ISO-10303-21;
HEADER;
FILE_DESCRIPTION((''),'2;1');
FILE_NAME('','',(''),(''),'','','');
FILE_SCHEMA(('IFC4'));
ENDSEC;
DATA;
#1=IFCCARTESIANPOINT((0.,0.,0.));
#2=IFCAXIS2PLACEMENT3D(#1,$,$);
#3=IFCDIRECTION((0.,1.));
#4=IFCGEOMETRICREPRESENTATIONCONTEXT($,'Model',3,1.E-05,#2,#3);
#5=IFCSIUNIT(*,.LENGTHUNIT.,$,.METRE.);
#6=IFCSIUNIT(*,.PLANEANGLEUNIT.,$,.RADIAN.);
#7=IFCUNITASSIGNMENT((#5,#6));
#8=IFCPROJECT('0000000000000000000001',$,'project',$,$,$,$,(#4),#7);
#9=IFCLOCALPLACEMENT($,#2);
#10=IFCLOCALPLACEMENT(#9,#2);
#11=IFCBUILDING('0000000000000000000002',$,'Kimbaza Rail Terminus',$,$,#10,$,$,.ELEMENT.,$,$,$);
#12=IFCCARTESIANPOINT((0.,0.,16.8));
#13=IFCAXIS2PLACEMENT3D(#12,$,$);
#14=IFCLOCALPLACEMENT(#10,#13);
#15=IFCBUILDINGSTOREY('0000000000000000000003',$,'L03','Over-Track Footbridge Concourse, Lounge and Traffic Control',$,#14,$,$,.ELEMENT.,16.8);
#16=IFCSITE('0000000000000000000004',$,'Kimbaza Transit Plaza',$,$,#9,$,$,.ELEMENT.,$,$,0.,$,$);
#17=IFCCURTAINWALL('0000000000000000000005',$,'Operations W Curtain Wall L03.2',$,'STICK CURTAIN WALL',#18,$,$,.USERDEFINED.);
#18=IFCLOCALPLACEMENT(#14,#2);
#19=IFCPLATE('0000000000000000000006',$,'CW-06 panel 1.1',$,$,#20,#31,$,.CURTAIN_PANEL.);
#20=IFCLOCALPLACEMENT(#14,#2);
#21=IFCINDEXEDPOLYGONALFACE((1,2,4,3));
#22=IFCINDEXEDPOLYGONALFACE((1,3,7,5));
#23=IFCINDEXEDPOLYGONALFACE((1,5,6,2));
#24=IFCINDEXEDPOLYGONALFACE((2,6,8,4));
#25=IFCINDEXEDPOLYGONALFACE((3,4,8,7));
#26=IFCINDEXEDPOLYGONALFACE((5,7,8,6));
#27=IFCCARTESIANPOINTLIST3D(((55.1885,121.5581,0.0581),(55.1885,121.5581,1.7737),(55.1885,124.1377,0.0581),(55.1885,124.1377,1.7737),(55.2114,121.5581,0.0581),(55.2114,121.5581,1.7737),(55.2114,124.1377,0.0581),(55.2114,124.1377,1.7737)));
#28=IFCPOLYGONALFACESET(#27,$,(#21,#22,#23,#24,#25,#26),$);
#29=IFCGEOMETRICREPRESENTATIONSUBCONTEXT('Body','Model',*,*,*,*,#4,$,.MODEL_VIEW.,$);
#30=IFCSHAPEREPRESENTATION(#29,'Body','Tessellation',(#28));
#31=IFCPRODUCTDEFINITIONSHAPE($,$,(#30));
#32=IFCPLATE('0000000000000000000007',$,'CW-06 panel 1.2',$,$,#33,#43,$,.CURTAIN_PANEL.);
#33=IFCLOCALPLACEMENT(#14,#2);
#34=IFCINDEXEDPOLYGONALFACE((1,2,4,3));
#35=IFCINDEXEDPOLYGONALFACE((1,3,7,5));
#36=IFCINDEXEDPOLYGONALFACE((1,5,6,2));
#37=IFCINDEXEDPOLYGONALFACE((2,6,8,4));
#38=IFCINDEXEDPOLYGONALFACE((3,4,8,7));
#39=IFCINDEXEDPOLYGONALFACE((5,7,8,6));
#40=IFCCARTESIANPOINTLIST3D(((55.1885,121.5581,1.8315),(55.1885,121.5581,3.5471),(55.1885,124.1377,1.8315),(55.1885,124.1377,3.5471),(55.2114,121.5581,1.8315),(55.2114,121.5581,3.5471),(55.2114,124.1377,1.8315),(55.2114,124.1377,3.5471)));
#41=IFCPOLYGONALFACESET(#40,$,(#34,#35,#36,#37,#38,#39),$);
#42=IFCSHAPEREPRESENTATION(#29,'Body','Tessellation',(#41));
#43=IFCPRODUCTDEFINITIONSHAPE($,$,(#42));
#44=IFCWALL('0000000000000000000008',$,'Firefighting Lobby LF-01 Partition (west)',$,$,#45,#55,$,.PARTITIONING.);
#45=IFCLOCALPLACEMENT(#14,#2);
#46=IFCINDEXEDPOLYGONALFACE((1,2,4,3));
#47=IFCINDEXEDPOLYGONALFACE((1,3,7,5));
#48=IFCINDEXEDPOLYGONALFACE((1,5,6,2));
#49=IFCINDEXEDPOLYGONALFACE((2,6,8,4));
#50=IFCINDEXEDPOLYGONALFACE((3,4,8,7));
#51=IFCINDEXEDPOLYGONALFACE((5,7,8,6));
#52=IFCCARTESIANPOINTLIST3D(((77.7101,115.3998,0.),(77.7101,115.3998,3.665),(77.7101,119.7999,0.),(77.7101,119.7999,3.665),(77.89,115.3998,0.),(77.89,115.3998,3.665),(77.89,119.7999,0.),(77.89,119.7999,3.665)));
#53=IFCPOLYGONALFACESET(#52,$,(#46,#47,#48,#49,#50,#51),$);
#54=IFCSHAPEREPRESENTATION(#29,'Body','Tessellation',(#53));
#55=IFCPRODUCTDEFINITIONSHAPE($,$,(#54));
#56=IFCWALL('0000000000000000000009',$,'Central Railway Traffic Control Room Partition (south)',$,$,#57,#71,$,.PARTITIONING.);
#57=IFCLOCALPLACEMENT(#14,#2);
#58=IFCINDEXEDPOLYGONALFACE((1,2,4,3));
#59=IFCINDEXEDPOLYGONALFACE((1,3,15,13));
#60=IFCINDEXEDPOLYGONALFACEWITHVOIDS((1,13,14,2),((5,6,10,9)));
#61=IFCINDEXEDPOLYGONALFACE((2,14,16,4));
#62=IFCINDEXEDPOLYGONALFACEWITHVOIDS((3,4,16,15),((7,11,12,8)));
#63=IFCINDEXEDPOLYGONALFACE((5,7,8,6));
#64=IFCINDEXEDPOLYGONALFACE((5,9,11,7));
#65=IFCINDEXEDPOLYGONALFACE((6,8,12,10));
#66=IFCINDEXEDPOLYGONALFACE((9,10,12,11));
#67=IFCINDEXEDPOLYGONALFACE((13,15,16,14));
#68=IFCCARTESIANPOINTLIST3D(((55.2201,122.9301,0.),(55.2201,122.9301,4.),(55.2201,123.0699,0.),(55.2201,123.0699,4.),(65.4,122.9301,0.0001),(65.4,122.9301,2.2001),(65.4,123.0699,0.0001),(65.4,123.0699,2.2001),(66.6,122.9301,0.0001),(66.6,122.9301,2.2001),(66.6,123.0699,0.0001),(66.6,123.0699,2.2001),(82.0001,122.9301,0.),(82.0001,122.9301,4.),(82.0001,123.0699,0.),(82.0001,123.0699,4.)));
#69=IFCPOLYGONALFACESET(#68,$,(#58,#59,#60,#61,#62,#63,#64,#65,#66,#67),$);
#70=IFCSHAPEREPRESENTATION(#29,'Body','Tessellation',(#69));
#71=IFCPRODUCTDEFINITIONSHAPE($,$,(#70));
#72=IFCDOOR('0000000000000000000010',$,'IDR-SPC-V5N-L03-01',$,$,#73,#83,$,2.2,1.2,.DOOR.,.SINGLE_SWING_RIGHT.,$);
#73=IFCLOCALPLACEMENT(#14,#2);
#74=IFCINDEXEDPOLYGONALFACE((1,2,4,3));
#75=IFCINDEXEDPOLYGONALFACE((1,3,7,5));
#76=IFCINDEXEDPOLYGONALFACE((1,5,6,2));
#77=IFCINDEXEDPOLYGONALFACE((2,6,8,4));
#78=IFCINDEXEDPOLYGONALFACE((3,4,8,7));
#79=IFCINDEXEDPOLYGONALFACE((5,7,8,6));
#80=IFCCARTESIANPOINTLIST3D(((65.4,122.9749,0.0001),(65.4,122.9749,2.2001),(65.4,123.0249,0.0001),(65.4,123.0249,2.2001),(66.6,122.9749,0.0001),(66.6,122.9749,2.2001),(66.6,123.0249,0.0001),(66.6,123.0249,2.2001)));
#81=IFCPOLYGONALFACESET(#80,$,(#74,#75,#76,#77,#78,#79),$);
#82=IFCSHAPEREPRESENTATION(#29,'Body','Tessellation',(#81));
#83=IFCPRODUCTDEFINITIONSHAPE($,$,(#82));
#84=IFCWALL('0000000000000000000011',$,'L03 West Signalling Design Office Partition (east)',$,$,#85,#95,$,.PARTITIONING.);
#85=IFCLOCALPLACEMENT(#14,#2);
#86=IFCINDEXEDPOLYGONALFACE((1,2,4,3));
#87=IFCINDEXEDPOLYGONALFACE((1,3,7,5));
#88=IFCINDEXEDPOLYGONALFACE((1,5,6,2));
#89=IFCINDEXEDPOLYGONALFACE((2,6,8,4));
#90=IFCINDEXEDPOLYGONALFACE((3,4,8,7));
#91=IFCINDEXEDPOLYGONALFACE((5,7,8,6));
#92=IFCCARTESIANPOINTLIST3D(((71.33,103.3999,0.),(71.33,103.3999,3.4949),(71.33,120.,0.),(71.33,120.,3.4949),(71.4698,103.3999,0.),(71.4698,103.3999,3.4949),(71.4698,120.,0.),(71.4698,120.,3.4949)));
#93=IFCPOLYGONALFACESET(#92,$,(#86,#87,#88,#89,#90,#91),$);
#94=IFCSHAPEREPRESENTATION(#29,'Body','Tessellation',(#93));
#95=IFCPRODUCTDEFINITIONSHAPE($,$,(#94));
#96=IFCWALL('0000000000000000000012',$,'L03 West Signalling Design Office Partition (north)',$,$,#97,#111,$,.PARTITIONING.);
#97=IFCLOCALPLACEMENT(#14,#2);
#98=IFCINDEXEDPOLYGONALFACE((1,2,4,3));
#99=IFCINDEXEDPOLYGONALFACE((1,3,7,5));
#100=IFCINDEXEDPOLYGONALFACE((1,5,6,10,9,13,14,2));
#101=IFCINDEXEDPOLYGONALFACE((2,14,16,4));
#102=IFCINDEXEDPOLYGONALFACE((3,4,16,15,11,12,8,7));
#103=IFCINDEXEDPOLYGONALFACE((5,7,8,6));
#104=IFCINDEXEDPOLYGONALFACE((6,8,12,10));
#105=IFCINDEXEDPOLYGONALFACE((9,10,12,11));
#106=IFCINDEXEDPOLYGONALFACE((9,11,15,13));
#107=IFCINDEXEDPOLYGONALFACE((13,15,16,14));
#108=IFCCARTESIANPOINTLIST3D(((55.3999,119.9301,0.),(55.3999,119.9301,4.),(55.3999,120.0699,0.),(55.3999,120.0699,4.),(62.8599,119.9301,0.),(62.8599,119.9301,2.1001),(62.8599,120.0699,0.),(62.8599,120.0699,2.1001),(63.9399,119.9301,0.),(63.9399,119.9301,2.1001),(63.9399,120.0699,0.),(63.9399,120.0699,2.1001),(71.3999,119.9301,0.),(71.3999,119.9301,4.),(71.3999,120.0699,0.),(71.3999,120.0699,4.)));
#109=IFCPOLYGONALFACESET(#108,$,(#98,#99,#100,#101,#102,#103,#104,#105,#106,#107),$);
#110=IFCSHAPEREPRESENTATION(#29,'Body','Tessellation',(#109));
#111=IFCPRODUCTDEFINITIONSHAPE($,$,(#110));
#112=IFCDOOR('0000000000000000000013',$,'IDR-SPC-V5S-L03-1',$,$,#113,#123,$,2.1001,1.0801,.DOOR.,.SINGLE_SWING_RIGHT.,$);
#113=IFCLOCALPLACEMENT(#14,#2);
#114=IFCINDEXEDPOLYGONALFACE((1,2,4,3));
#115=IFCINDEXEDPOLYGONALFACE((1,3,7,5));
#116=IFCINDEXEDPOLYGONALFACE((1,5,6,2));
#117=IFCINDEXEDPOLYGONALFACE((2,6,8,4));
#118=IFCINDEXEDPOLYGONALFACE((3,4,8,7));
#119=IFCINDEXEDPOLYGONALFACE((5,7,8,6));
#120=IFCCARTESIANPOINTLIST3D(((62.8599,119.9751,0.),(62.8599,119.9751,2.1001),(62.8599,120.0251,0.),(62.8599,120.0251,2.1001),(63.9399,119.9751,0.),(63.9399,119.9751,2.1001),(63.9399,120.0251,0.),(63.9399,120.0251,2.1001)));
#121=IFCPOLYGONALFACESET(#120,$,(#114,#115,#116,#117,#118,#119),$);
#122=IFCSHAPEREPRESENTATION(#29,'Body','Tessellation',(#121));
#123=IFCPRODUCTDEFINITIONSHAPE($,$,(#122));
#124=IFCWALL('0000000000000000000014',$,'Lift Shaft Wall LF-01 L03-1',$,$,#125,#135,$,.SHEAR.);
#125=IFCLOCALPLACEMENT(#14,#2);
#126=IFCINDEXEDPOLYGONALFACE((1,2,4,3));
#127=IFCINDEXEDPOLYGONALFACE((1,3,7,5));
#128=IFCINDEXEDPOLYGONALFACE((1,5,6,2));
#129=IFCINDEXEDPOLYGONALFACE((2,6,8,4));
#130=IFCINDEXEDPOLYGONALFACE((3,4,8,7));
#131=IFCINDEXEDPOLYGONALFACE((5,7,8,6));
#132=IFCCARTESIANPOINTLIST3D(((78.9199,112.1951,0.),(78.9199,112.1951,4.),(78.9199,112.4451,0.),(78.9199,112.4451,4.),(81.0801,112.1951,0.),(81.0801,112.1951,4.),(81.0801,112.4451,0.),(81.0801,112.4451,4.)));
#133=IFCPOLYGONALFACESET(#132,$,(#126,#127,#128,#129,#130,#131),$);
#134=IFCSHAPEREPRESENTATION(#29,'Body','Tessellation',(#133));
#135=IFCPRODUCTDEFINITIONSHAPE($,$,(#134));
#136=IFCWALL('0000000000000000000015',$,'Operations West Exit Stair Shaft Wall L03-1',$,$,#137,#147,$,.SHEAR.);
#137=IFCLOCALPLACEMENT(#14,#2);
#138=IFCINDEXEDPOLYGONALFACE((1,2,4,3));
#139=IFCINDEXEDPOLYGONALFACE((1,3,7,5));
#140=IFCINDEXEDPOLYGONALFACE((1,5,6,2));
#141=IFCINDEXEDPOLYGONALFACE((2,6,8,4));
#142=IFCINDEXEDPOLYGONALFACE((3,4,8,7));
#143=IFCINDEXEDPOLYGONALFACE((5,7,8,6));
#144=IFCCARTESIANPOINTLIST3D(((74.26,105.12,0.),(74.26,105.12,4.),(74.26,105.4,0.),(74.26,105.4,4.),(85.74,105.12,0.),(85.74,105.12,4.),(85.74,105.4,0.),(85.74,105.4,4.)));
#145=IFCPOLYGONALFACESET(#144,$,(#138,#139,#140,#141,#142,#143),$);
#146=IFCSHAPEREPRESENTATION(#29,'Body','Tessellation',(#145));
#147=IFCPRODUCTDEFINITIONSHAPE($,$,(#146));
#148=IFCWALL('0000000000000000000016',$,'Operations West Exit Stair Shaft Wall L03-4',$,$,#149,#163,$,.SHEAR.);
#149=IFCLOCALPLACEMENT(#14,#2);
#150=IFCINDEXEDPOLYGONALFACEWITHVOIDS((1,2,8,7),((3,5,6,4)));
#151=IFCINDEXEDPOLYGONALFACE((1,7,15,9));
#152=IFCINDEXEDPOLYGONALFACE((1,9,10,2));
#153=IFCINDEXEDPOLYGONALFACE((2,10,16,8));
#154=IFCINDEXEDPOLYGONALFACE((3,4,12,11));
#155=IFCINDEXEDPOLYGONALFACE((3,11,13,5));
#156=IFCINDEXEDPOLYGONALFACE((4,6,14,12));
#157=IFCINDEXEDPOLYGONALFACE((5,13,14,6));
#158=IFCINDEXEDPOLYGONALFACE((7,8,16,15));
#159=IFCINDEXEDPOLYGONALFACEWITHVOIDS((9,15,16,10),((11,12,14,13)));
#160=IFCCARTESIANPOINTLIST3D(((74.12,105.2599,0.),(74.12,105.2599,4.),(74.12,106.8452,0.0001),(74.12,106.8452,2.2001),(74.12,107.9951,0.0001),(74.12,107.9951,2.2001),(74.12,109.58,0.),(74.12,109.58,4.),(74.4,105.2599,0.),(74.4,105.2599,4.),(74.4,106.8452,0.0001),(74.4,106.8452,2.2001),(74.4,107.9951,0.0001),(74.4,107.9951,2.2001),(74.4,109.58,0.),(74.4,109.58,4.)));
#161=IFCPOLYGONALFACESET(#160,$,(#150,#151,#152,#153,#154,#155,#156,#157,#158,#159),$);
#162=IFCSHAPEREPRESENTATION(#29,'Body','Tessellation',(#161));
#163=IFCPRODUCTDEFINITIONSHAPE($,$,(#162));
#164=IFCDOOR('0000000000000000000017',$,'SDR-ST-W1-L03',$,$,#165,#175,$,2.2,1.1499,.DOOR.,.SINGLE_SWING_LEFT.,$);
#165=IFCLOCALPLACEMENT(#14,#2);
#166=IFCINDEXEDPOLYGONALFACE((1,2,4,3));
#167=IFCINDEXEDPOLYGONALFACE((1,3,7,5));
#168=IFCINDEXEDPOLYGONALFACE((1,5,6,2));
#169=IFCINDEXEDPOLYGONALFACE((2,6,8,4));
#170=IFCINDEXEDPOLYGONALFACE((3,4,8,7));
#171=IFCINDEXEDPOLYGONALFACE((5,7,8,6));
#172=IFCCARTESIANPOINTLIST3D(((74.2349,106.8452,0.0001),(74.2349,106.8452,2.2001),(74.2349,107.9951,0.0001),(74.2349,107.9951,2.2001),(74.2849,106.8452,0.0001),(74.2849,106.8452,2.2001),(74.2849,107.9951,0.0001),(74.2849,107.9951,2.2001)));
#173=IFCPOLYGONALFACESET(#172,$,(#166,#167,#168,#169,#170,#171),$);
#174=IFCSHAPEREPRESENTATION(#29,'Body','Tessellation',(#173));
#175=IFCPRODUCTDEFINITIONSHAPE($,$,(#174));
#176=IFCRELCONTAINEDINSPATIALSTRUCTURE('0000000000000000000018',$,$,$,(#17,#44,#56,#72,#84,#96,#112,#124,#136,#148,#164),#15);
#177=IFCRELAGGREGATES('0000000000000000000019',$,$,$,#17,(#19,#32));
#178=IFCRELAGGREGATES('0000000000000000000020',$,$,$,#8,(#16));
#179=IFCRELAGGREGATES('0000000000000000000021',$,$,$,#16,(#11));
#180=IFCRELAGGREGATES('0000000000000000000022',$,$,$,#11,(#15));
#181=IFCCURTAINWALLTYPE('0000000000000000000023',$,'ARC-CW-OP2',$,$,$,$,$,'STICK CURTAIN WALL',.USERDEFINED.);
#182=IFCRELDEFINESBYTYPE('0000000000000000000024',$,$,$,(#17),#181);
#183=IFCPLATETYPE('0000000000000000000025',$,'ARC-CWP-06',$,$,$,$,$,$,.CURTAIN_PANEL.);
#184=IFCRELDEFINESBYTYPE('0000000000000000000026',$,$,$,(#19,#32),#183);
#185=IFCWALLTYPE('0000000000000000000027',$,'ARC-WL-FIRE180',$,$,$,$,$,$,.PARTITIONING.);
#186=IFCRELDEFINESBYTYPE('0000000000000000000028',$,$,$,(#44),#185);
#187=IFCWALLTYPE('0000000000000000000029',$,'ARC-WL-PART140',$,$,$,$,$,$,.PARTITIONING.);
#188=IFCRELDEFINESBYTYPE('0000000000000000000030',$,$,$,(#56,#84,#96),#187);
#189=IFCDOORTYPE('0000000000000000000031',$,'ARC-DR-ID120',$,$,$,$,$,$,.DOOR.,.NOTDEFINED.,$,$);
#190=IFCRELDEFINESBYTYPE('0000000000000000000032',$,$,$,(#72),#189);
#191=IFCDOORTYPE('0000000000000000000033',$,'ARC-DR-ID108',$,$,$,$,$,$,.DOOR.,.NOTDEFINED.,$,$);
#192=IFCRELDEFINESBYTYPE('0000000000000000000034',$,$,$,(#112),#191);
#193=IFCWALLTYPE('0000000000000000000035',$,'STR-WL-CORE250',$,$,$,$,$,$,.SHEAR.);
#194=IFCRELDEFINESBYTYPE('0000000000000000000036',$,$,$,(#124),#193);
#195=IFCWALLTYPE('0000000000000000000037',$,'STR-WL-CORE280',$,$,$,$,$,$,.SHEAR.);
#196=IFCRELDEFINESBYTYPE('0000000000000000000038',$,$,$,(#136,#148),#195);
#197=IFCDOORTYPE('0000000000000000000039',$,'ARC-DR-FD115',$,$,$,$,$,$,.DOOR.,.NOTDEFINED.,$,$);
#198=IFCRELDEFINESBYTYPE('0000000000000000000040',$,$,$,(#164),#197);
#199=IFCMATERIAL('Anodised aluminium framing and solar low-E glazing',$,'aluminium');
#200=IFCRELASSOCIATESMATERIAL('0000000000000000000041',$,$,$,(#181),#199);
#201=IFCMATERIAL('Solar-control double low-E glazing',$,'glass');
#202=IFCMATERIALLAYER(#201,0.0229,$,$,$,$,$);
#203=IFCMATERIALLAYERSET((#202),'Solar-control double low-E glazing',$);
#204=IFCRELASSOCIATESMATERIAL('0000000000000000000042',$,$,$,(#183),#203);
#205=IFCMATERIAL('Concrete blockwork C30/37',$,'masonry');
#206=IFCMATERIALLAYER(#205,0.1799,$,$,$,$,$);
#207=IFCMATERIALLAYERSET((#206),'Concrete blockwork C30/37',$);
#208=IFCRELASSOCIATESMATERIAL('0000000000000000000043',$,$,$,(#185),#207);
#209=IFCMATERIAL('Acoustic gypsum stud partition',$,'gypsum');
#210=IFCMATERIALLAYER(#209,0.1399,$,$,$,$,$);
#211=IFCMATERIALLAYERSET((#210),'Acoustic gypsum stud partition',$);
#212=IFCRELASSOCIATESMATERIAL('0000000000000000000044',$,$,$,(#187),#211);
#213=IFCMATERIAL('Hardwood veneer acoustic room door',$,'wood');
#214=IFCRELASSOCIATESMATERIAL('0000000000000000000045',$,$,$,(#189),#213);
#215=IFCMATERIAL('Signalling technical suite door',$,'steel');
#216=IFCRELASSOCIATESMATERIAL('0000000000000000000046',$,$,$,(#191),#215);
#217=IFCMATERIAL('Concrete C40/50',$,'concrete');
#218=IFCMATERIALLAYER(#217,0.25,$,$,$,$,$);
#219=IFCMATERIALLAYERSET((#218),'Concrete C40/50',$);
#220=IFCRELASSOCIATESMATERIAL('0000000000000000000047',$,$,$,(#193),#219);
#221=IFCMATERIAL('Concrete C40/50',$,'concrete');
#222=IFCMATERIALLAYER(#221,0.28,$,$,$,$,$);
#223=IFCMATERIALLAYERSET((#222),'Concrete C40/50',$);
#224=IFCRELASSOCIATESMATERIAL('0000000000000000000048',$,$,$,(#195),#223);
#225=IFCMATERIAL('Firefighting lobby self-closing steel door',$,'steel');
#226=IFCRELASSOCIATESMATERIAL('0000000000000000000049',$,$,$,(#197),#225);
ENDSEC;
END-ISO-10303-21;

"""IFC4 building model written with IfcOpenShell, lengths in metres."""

from ifc_helpers import new_model, si_unit, direction, frame, frame_2d, origin, origin_2d, place, context, subcontext, project, spatial, rectangle, extrude, material, layer, layer_set, type_object, element, fill, aggregate, save


model = new_model("IFC4")

# Units and contexts
model_context = context("Model", 3, precision=1e-05, world=origin(), true_north=direction((0.0, 1.0)))
body_context = subcontext(model_context, "Body", "Model", "MODEL_VIEW")
ifc_project = project(units=[si_unit("LENGTHUNIT", "METRE"), si_unit("PLANEANGLEUNIT", "RADIAN")], contexts=[model_context])

# Site, building, storey
site_placement = place(None, origin())
site = spatial("IfcSite", under=ifc_project, at=site_placement, Name="Kimbaza Transit Plaza", CompositionType="ELEMENT", RefElevation=0.0)
building_placement = place(site_placement, origin())
building = spatial("IfcBuilding", under=site, at=building_placement, Name="Kimbaza Rail Terminus", CompositionType="ELEMENT")
storey_placement = place(building_placement, frame((0.0, 0.0, 16.8)))
storey = spatial("IfcBuildingStorey", under=building, at=storey_placement, Name="L03", Description="Over-Track Footbridge Concourse, Lounge and Traffic Control", CompositionType="ELEMENT", Elevation=16.8)

# Curtain wall
ifc_material_1 = material(Name="Anodised aluminium framing and solar low-E glazing", Category="aluminium")
curtain_wall_type = type_object("IfcCurtainWallType", Name="ARC-CW-OP2", ElementType="STICK CURTAIN WALL", PredefinedType="USERDEFINED", material=ifc_material_1)
curtain_wall_placement = place(storey_placement, origin())
curtain_wall = element("IfcCurtainWall", 1, at=curtain_wall_placement, inside=storey, type_object=curtain_wall_type, Name="Operations W Curtain Wall L03.2", ObjectType="STICK CURTAIN WALL", PredefinedType="USERDEFINED")

# Plates
ifc_material_2 = material(Name="Solar-control double low-E glazing", Category="glass")
ifc_layer_1 = layer(ifc_material_2, 0.0229)
ifc_layer_set_1 = layer_set([ifc_layer_1], Name="Solar-control double low-E glazing")
plate_type = type_object("IfcPlateType", Name="ARC-CWP-06", PredefinedType="CURTAIN_PANEL", material=ifc_layer_set_1)
plate_1_placement = place(storey_placement, frame((55.2, 122.8479, 0.0581), z_axis=(0.0, 0.0, 1.0), x_axis=(0.0, 1.0, 0.0)))
plate_1 = element("IfcPlate", 2, at=plate_1_placement, type_object=plate_type, Name="CW-06 panel 1.1", PredefinedType="CURTAIN_PANEL", context=body_context, shape_type="SweptSolid", body=[
    extrude(rectangle(XDim=2.5796, YDim=0.0229, at=origin_2d()), origin(), (0.0, 0.0, 1.0), 1.7156),
])
plate_2_placement = place(storey_placement, frame((55.2, 122.8479, 1.8315), z_axis=(0.0, 0.0, 1.0), x_axis=(0.0, 1.0, 0.0)))
plate_2 = element("IfcPlate", 3, at=plate_2_placement, type_object=plate_type, Name="CW-06 panel 1.2", PredefinedType="CURTAIN_PANEL", context=body_context, shape_type="SweptSolid", body=[
    extrude(rectangle(XDim=2.5796, YDim=0.0229, at=origin_2d()), origin(), (0.0, 0.0, 1.0), 1.7156),
])
aggregate(curtain_wall, [plate_1, plate_2])

# Wall
ifc_material_3 = material(Name="Concrete blockwork C30/37", Category="masonry")
ifc_layer_2 = layer(ifc_material_3, 0.1799)
ifc_layer_set_2 = layer_set([ifc_layer_2], Name="Concrete blockwork C30/37")
wall_type_1 = type_object("IfcWallType", Name="ARC-WL-FIRE180", PredefinedType="PARTITIONING", material=ifc_layer_set_2)
wall_1_placement = place(storey_placement, frame((77.8, 119.8, 0.0), z_axis=(0.0, 0.0, 1.0), x_axis=(0.0, -1.0, 0.0)))
element("IfcWall", 4, at=wall_1_placement, inside=storey, type_object=wall_type_1, Name="Firefighting Lobby LF-01 Partition (west)", PredefinedType="PARTITIONING", context=body_context, shape_type="SweptSolid", body=[
    extrude(rectangle(XDim=4.4001, YDim=0.1799, at=frame_2d((2.2002, 0.0))), origin(), (0.0, 0.0, 1.0), 3.665),
])

# Wall, opening, door
ifc_material_4 = material(Name="Acoustic gypsum stud partition", Category="gypsum")
ifc_layer_3 = layer(ifc_material_4, 0.1399)
ifc_layer_set_3 = layer_set([ifc_layer_3], Name="Acoustic gypsum stud partition")
wall_type_2 = type_object("IfcWallType", Name="ARC-WL-PART140", PredefinedType="PARTITIONING", material=ifc_layer_set_3)
wall_2_placement = place(storey_placement, frame((55.22, 123.0, 0.0), z_axis=(0.0, 0.0, 1.0), x_axis=(1.0, 0.0, 0.0)))
wall_2 = element("IfcWall", 5, at=wall_2_placement, inside=storey, type_object=wall_type_2, Name="Central Railway Traffic Control Room Partition (south)", PredefinedType="PARTITIONING", context=body_context, shape_type="SweptSolid", body=[
    extrude(rectangle(XDim=26.78, YDim=0.1399, at=frame_2d((13.3901, 0.0))), origin(), (0.0, 0.0, 1.0), 4.0),
])
opening_1_placement = place(wall_2_placement, frame((10.1799, 0.0, 0.0)))
opening_1 = element("IfcOpeningElement", 6, at=opening_1_placement, cuts=wall_2, PredefinedType="OPENING", context=body_context, shape_type="SweptSolid", body=[
    extrude(rectangle(XDim=1.2, YDim=2.2, at=frame_2d((0.6001, 1.1001))), frame((0.0, 0.0798, 0.0), z_axis=(0.0, -1.0, 0.0), x_axis=(1.0, 0.0, 0.0)), (0.0, 0.0, 1.0), 0.1599),
])
ifc_material_5 = material(Name="Hardwood veneer acoustic room door", Category="wood")
door_type_1 = type_object("IfcDoorType", Name="ARC-DR-ID120", OperationType="NOTDEFINED", PredefinedType="DOOR", material=ifc_material_5)
door_1_placement = place(opening_1_placement, origin())
door_1 = element("IfcDoor", 7, at=door_1_placement, inside=storey, type_object=door_type_1, Name="IDR-SPC-V5N-L03-01", OperationType="SINGLE_SWING_RIGHT", OverallHeight=2.2, OverallWidth=1.2, PredefinedType="DOOR", context=body_context, shape_type="SweptSolid", body=[
    extrude(rectangle(XDim=1.2, YDim=2.2, at=frame_2d((0.6001, 1.1001))), frame((0.0, 0.0249, 0.0), z_axis=(0.0, -1.0, 0.0), x_axis=(1.0, 0.0, 0.0)), (0.0, 0.0, 1.0), 0.05),
])
fill(opening_1, door_1)

# Wall
wall_3_placement = place(storey_placement, frame((71.3999, 103.3999, 0.0), z_axis=(0.0, 0.0, 1.0), x_axis=(0.0, 1.0, 0.0)))
element("IfcWall", 8, at=wall_3_placement, inside=storey, type_object=wall_type_2, Name="L03 West Signalling Design Office Partition (east)", PredefinedType="PARTITIONING", context=body_context, shape_type="SweptSolid", body=[
    extrude(rectangle(XDim=16.6001, YDim=0.1399, at=frame_2d((8.3, 0.0))), origin(), (0.0, 0.0, 1.0), 3.4949),
])

# Wall, opening, door
wall_4_placement = place(storey_placement, frame((71.3999, 120.0, 0.0), z_axis=(0.0, 0.0, 1.0), x_axis=(-1.0, 0.0, 0.0)))
wall_4 = element("IfcWall", 9, at=wall_4_placement, inside=storey, type_object=wall_type_2, Name="L03 West Signalling Design Office Partition (north)", PredefinedType="PARTITIONING", context=body_context, shape_type="SweptSolid", body=[
    extrude(rectangle(XDim=16.0, YDim=0.1399, at=frame_2d((8.0, 0.0))), origin(), (0.0, 0.0, 1.0), 4.0),
])
opening_2_placement = place(wall_4_placement, frame((7.46, 0.0, 0.0)))
opening_2 = element("IfcOpeningElement", 10, at=opening_2_placement, cuts=wall_4, PredefinedType="OPENING", context=body_context, shape_type="SweptSolid", body=[
    extrude(rectangle(XDim=1.0801, YDim=2.1001, at=frame_2d((0.54, 1.05))), frame((0.0, 0.0798, 0.0), z_axis=(0.0, -1.0, 0.0), x_axis=(1.0, 0.0, 0.0)), (0.0, 0.0, 1.0), 0.1599),
])
ifc_material_6 = material(Name="Signalling technical suite door", Category="steel")
door_type_2 = type_object("IfcDoorType", Name="ARC-DR-ID108", OperationType="NOTDEFINED", PredefinedType="DOOR", material=ifc_material_6)
door_2_placement = place(opening_2_placement, origin())
door_2 = element("IfcDoor", 11, at=door_2_placement, inside=storey, type_object=door_type_2, Name="IDR-SPC-V5S-L03-1", OperationType="SINGLE_SWING_RIGHT", OverallHeight=2.1001, OverallWidth=1.0801, PredefinedType="DOOR", context=body_context, shape_type="SweptSolid", body=[
    extrude(rectangle(XDim=1.0801, YDim=2.1001, at=frame_2d((0.54, 1.05))), frame((0.0, 0.0249, 0.0), z_axis=(0.0, -1.0, 0.0), x_axis=(1.0, 0.0, 0.0)), (0.0, 0.0, 1.0), 0.05),
])
fill(opening_2, door_2)

# Walls
ifc_material_7 = material(Name="Concrete C40/50", Category="concrete")
ifc_layer_4 = layer(ifc_material_7, 0.25)
ifc_layer_set_4 = layer_set([ifc_layer_4], Name="Concrete C40/50")
wall_type_3 = type_object("IfcWallType", Name="STR-WL-CORE250", PredefinedType="SHEAR", material=ifc_layer_set_4)
wall_5_placement = place(storey_placement, frame((78.9199, 112.3201, 0.0), z_axis=(0.0, 0.0, 1.0), x_axis=(1.0, 0.0, 0.0)))
element("IfcWall", 12, at=wall_5_placement, inside=storey, type_object=wall_type_3, Name="Lift Shaft Wall LF-01 L03-1", PredefinedType="SHEAR", context=body_context, shape_type="SweptSolid", body=[
    extrude(rectangle(XDim=2.1602, YDim=0.25, at=frame_2d((1.0801, 0.0))), origin(), (0.0, 0.0, 1.0), 4.0),
])
ifc_material_8 = material(Name="Concrete C40/50", Category="concrete")
ifc_layer_5 = layer(ifc_material_8, 0.28)
ifc_layer_set_5 = layer_set([ifc_layer_5], Name="Concrete C40/50")
wall_type_4 = type_object("IfcWallType", Name="STR-WL-CORE280", PredefinedType="SHEAR", material=ifc_layer_set_5)
wall_6_placement = place(storey_placement, frame((74.26, 105.26, 0.0), z_axis=(0.0, 0.0, 1.0), x_axis=(1.0, 0.0, 0.0)))
element("IfcWall", 13, at=wall_6_placement, inside=storey, type_object=wall_type_4, Name="Operations West Exit Stair Shaft Wall L03-1", PredefinedType="SHEAR", context=body_context, shape_type="SweptSolid", body=[
    extrude(rectangle(XDim=11.48, YDim=0.28, at=frame_2d((5.74, 0.0))), origin(), (0.0, 0.0, 1.0), 4.0),
])

# Wall, opening, door
wall_7_placement = place(storey_placement, frame((74.26, 109.5801, 0.0), z_axis=(0.0, 0.0, 1.0), x_axis=(0.0, -1.0, 0.0)))
wall_7 = element("IfcWall", 14, at=wall_7_placement, inside=storey, type_object=wall_type_4, Name="Operations West Exit Stair Shaft Wall L03-4", PredefinedType="SHEAR", context=body_context, shape_type="SweptSolid", body=[
    extrude(rectangle(XDim=4.3201, YDim=0.28, at=frame_2d((2.1602, 0.0))), origin(), (0.0, 0.0, 1.0), 4.0),
])
opening_3_placement = place(wall_7_placement, frame((1.585, 0.0, 0.0)))
opening_3 = element("IfcOpeningElement", 15, at=opening_3_placement, cuts=wall_7, PredefinedType="OPENING", context=body_context, shape_type="SweptSolid", body=[
    extrude(rectangle(XDim=1.1499, YDim=2.2, at=frame_2d((0.575, 1.1001))), frame((0.0, 0.1499, 0.0), z_axis=(0.0, -1.0, 0.0), x_axis=(1.0, 0.0, 0.0)), (0.0, 0.0, 1.0), 0.3),
])
ifc_material_9 = material(Name="Firefighting lobby self-closing steel door", Category="steel")
door_type_3 = type_object("IfcDoorType", Name="ARC-DR-FD115", OperationType="NOTDEFINED", PredefinedType="DOOR", material=ifc_material_9)
door_3_placement = place(opening_3_placement, origin())
door_3 = element("IfcDoor", 16, at=door_3_placement, inside=storey, type_object=door_type_3, Name="SDR-ST-W1-L03", OperationType="SINGLE_SWING_LEFT", OverallHeight=2.2, OverallWidth=1.1499, PredefinedType="DOOR", context=body_context, shape_type="SweptSolid", body=[
    extrude(rectangle(XDim=1.1499, YDim=2.2, at=frame_2d((0.575, 1.1001))), frame((0.0, 0.0249, 0.0), z_axis=(0.0, -1.0, 0.0), x_axis=(1.0, 0.0, 0.0)), (0.0, 0.0, 1.0), 0.05),
])
fill(opening_3, door_3)

save(model, "model.ifc")
